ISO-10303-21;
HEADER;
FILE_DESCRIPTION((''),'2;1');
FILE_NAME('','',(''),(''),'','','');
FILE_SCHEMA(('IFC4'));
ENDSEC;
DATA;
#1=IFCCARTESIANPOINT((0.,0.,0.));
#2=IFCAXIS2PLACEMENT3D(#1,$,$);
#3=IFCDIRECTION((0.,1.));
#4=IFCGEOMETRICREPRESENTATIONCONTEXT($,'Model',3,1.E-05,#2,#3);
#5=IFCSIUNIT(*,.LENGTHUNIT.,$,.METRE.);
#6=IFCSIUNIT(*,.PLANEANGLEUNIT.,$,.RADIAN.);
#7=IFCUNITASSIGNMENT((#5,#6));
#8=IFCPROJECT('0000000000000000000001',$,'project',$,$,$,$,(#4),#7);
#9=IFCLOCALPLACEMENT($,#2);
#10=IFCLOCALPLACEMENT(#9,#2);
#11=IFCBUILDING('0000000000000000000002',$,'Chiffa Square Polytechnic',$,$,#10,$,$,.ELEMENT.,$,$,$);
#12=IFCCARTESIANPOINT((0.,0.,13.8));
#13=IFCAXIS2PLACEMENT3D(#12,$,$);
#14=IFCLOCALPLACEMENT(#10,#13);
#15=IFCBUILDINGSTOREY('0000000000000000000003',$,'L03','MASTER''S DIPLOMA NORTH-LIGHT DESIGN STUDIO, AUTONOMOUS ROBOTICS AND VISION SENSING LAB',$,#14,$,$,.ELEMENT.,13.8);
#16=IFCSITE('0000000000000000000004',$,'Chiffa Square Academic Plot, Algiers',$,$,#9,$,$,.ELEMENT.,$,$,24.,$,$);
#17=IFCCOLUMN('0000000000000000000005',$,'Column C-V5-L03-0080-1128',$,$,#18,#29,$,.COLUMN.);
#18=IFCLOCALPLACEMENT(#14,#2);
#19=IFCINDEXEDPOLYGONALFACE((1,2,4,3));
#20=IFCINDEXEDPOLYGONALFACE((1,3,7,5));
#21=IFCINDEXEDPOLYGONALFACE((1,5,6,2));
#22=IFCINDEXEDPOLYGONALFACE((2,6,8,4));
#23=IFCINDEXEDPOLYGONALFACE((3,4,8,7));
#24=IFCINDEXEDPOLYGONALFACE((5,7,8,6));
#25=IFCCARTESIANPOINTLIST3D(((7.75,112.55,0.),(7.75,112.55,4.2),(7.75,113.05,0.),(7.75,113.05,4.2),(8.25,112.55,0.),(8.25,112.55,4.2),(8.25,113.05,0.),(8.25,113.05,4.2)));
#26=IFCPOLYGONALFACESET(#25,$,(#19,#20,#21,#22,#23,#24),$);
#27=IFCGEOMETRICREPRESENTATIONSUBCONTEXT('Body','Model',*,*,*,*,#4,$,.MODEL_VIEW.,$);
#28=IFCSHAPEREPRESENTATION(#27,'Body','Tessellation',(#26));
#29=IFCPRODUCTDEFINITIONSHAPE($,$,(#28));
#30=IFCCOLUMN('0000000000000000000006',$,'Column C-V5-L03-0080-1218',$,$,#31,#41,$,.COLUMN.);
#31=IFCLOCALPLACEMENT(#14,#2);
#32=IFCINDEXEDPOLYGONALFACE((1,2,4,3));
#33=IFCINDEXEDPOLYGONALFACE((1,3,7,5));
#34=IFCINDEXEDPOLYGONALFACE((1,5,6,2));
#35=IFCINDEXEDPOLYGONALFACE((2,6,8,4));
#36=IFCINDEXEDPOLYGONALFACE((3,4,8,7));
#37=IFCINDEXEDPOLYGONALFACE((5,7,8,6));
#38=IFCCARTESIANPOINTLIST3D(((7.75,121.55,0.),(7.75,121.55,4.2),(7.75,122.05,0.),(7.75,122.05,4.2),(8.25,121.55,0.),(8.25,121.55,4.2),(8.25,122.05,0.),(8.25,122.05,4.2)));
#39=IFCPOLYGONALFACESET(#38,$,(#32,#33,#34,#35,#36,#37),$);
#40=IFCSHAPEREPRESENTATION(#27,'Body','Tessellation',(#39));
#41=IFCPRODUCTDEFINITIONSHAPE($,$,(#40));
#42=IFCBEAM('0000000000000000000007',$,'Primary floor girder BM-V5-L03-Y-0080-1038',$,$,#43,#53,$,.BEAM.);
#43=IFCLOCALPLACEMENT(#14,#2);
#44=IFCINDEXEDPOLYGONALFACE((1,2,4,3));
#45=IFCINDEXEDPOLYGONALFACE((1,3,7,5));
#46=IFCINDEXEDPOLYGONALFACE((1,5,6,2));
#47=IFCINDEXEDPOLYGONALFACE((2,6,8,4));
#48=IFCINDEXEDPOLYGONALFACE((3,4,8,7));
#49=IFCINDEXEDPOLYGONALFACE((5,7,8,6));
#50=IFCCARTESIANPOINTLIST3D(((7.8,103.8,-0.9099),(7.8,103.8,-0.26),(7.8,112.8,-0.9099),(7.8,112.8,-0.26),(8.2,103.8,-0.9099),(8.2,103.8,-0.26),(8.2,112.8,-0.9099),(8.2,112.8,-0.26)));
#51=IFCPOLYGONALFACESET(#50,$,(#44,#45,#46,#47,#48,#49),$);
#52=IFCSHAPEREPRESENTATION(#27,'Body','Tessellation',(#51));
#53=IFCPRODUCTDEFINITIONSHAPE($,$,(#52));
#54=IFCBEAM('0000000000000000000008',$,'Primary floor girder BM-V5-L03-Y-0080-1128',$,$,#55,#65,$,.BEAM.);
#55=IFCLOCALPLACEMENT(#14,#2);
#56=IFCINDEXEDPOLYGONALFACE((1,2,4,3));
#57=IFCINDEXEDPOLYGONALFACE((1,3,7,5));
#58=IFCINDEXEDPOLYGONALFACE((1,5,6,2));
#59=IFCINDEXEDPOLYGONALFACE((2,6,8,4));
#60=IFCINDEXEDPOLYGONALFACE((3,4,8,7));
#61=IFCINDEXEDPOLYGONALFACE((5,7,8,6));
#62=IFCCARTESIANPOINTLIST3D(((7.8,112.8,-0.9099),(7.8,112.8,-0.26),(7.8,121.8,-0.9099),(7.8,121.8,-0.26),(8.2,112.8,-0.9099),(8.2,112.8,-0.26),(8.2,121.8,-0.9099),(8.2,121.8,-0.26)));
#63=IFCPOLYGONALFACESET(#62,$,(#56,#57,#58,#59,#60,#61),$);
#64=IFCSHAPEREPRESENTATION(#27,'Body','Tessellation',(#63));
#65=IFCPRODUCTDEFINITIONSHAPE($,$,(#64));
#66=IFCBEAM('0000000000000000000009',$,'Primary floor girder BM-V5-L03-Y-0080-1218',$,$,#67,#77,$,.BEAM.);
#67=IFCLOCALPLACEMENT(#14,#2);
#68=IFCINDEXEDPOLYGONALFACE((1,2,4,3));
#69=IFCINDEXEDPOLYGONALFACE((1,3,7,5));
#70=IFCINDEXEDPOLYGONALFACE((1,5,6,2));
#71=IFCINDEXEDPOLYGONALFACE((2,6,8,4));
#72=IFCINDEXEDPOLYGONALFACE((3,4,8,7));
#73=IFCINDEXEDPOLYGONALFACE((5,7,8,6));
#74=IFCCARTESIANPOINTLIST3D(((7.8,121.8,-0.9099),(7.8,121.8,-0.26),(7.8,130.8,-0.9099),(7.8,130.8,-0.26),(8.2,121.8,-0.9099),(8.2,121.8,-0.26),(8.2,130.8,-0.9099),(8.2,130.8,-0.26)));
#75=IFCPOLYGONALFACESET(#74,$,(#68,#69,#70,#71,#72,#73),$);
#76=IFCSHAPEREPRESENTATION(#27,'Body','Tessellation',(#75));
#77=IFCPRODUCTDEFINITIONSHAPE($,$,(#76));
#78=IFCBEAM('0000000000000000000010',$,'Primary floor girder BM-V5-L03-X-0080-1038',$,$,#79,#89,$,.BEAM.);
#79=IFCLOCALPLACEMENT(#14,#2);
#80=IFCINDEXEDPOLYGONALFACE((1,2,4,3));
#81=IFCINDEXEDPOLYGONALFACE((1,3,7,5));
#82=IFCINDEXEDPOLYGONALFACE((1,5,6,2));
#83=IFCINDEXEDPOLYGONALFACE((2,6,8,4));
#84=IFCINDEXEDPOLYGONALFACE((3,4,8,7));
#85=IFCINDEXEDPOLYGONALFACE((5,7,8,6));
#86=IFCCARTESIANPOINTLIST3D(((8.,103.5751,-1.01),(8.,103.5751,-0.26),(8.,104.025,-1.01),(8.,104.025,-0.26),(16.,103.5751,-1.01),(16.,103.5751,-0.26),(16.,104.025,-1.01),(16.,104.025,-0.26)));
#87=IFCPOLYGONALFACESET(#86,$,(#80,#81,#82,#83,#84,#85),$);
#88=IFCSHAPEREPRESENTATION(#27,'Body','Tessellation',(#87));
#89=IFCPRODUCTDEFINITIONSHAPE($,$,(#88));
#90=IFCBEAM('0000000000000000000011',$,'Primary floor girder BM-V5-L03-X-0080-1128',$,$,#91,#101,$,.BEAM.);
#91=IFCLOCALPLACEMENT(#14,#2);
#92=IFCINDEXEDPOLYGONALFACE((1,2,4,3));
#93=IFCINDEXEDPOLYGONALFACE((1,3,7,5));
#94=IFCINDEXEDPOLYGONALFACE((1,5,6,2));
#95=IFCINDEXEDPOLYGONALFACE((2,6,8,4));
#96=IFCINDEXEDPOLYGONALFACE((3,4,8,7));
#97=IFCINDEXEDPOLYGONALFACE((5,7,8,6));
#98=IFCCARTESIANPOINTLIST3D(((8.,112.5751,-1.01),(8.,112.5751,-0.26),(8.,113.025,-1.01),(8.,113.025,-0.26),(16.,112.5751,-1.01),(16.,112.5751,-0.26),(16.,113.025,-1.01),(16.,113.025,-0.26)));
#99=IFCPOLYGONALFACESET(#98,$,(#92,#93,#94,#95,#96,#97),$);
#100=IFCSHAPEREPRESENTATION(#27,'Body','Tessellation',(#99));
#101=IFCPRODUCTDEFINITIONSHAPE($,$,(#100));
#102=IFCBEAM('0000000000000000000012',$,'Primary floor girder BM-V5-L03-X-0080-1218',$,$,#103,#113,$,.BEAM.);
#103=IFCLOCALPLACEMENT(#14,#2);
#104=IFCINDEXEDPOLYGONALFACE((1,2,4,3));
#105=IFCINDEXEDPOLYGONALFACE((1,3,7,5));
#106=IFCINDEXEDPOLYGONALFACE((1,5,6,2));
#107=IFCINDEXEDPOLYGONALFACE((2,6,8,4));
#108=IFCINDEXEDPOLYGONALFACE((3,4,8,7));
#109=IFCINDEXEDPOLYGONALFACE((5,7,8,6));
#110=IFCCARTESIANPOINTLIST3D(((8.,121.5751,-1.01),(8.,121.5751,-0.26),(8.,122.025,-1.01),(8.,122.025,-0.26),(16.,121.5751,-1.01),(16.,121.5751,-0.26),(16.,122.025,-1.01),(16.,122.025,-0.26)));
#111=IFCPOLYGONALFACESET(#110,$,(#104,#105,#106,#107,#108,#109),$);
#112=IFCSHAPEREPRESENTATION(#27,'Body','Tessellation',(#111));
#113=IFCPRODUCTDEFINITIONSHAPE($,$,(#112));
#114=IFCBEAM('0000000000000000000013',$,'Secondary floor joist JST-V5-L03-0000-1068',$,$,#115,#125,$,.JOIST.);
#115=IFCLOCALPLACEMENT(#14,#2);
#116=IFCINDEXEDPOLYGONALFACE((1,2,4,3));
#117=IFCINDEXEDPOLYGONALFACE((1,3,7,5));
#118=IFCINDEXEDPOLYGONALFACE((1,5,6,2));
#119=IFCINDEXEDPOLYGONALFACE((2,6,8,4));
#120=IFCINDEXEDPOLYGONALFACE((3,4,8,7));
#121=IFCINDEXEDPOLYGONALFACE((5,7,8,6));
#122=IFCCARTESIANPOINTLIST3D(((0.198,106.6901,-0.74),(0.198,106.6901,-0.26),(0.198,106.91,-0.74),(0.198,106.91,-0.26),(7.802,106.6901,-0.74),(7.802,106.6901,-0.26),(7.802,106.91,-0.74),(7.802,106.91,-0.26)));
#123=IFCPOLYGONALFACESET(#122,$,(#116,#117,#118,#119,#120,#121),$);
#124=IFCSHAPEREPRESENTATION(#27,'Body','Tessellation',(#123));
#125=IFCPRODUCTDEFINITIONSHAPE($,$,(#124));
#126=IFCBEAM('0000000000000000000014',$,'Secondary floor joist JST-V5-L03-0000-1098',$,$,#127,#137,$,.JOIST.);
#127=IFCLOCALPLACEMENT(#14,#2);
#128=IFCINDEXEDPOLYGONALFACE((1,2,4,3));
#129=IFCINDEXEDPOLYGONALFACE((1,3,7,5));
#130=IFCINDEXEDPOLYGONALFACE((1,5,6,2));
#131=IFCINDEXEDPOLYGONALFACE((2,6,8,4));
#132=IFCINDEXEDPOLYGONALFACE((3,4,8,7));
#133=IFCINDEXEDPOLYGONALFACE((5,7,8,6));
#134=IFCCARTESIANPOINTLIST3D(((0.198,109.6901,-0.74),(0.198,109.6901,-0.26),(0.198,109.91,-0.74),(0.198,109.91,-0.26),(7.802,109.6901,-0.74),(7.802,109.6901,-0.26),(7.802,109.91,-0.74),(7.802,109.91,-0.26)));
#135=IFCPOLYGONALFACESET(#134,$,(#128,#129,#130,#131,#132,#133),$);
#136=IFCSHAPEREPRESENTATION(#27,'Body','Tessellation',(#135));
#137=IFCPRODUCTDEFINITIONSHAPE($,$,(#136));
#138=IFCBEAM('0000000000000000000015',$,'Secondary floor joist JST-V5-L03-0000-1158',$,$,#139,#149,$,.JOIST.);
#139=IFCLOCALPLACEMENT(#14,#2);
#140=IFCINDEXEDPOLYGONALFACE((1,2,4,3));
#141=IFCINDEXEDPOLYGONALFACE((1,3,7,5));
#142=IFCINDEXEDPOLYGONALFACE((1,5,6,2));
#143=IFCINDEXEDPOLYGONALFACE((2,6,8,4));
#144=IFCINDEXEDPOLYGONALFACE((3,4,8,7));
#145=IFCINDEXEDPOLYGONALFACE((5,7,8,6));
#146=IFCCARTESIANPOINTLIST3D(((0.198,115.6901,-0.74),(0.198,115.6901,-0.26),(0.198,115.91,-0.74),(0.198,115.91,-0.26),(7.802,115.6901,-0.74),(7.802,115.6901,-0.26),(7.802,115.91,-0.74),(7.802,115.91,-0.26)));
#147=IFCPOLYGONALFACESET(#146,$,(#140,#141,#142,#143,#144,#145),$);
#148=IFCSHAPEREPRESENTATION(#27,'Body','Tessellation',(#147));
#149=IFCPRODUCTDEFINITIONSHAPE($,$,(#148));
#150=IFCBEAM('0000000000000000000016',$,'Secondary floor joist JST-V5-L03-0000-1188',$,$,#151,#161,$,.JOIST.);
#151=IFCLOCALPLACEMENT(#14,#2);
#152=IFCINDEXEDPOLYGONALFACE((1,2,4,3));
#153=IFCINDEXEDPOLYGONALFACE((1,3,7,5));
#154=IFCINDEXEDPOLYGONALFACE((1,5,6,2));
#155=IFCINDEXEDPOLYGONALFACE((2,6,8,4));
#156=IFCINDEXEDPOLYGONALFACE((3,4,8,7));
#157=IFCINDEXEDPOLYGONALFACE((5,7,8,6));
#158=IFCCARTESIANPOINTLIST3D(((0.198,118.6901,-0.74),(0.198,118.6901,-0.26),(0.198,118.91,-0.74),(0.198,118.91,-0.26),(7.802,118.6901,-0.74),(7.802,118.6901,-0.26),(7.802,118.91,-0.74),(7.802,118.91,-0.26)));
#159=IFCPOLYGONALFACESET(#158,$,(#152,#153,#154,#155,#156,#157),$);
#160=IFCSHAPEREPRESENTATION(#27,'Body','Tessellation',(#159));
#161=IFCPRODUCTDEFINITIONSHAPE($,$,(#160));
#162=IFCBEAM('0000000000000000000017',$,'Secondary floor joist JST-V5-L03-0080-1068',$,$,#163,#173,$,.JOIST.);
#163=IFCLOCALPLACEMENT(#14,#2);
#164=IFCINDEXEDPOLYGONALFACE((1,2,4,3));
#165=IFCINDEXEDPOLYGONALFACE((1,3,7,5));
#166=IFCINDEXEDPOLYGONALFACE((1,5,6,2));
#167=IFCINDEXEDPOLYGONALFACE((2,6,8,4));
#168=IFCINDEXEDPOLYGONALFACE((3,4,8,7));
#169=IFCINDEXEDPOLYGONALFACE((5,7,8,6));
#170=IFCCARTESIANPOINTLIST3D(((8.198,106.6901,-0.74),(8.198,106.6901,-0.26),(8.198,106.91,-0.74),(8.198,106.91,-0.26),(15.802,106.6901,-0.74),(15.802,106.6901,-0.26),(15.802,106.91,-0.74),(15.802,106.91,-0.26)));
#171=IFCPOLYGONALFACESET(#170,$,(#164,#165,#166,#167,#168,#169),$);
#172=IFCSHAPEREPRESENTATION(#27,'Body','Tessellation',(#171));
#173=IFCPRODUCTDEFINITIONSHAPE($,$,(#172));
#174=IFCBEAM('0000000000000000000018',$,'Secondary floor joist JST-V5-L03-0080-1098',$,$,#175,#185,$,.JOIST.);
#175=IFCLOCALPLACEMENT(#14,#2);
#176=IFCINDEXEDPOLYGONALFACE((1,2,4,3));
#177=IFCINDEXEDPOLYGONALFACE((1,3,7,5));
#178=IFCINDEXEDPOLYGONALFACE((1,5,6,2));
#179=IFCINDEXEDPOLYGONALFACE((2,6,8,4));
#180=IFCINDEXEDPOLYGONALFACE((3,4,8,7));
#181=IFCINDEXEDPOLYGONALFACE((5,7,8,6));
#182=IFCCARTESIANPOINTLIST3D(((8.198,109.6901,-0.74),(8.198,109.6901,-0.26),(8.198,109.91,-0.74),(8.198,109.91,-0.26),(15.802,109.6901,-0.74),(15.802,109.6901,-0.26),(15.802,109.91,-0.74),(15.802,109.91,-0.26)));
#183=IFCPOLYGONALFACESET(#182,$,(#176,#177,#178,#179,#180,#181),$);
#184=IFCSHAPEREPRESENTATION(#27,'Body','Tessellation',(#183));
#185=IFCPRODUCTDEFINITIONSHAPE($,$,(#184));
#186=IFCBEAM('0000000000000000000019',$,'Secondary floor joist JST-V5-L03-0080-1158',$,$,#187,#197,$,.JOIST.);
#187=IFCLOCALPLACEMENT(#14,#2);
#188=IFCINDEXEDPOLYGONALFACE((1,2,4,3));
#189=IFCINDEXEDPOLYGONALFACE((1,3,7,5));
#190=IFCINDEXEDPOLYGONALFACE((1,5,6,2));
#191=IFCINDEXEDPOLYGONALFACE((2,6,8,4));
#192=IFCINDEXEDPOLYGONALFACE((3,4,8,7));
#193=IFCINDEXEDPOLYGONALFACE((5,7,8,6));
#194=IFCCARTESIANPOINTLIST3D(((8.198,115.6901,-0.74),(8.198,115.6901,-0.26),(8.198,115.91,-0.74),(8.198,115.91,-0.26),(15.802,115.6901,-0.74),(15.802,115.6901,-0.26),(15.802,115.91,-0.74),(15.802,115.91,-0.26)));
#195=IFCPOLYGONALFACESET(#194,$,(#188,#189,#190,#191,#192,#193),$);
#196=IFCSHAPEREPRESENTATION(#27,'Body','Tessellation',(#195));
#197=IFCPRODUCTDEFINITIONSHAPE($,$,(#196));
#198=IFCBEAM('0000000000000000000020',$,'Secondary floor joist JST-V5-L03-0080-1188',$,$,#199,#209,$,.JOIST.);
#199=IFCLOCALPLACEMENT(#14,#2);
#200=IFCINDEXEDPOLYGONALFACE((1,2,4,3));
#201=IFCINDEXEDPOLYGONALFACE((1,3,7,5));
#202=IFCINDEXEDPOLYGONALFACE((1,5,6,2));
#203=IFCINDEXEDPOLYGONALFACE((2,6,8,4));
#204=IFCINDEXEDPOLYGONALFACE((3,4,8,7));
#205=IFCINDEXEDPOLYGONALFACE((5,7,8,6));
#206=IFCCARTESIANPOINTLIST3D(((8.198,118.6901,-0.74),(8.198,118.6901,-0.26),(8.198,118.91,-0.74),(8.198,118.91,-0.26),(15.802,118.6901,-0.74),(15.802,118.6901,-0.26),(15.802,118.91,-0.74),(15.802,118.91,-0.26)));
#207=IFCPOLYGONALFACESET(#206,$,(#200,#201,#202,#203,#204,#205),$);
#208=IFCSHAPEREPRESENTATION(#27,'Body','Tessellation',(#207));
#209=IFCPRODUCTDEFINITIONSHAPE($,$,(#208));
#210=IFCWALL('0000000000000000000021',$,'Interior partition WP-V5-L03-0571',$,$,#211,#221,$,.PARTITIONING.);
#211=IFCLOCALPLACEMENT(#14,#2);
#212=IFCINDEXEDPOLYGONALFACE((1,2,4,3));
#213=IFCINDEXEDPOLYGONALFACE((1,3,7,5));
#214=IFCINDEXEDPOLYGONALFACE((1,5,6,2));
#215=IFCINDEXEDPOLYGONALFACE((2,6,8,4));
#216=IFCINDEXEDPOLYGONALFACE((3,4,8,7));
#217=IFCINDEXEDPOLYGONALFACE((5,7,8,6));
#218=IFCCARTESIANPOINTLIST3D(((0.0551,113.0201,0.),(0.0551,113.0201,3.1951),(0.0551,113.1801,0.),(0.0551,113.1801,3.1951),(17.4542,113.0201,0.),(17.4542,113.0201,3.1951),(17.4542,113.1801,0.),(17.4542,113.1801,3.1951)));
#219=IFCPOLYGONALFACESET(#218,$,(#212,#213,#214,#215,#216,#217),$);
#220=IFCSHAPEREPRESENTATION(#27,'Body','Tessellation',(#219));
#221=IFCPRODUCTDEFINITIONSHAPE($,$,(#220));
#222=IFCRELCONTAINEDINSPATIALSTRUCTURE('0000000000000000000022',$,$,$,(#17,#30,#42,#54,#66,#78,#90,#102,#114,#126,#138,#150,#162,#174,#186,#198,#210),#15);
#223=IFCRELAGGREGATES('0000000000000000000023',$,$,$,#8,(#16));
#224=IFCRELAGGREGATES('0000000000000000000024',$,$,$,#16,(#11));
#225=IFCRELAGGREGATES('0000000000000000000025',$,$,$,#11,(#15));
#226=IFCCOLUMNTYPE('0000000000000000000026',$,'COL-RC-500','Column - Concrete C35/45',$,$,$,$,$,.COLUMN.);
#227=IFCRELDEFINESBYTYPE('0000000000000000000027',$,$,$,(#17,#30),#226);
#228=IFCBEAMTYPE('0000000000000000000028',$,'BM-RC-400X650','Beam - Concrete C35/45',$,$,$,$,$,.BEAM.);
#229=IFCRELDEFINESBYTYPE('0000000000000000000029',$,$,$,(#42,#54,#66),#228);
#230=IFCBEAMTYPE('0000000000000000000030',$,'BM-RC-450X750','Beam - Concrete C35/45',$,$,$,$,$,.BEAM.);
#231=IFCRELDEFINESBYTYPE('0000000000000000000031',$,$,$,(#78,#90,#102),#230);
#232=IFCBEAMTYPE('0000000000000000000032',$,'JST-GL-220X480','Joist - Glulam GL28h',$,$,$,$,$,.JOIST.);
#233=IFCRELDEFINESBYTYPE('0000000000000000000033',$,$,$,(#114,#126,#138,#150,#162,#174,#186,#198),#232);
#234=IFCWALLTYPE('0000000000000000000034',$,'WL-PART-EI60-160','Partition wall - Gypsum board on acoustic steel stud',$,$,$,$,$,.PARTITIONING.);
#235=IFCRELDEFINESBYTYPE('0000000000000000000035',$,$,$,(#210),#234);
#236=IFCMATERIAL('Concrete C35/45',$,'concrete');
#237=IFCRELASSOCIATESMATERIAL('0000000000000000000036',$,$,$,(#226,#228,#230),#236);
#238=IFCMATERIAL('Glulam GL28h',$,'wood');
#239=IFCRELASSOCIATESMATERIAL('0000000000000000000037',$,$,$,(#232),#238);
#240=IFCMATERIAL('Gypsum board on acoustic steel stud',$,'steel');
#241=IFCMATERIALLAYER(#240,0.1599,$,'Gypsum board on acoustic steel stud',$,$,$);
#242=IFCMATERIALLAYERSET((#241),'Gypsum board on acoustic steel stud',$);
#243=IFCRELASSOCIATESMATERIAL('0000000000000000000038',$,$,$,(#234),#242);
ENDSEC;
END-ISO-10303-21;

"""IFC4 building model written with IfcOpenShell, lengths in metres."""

from ifc_helpers import new_model, si_unit, direction, frame, frame_2d, origin, origin_2d, place, context, subcontext, project, spatial, rectangle, extrude, material, layer, layer_set, material_profile, profile_set, type_object, element, save


model = new_model("IFC4")

# Units and contexts
model_context = context("Model", 3, precision=1e-05, world=origin(), true_north=direction((0.0, 1.0)))
body_context = subcontext(model_context, "Body", "Model", "MODEL_VIEW")
ifc_project = project(units=[si_unit("LENGTHUNIT", "METRE"), si_unit("PLANEANGLEUNIT", "RADIAN")], contexts=[model_context])

# Site, building, storey
site_placement = place(None, origin())
site = spatial("IfcSite", under=ifc_project, at=site_placement, Name="Chiffa Square Academic Plot, Algiers", CompositionType="ELEMENT", RefElevation=24.0)
building_placement = place(site_placement, origin())
building = spatial("IfcBuilding", under=site, at=building_placement, Name="Chiffa Square Polytechnic", CompositionType="ELEMENT")
storey_placement = place(building_placement, frame((0.0, 0.0, 13.8)))
storey = spatial("IfcBuildingStorey", under=building, at=storey_placement, Name="L03", Description="MASTER'S DIPLOMA NORTH-LIGHT DESIGN STUDIO, AUTONOMOUS ROBOTICS AND VISION SENSING LAB", CompositionType="ELEMENT", Elevation=13.8)

# Columns
ifc_material_1 = material(Name="Concrete C35/45", Category="concrete")
ifc_material_profile_1 = material_profile(ifc_material_1, rectangle(XDim=0.5, YDim=0.5, at=origin_2d()), Name="RC 500x500")
ifc_profile_set_1 = profile_set([ifc_material_profile_1], Name="Concrete C35/45")
column_type = type_object("IfcColumnType", Name="COL-RC-500", Description="Column - Concrete C35/45", PredefinedType="COLUMN", material=ifc_profile_set_1)
for number, where, z_axis, x_axis, name in (
    (1, (8.0, 112.8, 0.0), (0.0, 0.0, 1.0), (1.0, 0.0, 0.0), "Column C-V5-L03-0080-1128"),
    (2, (8.0, 121.8, 0.0), (0.0, 0.0, 1.0), (1.0, 0.0, 0.0), "Column C-V5-L03-0080-1218"),
):
    element("IfcColumn", number, at=place(storey_placement, frame(where, z_axis=z_axis, x_axis=x_axis)), inside=storey, type_object=column_type, Name=name, PredefinedType="COLUMN", context=body_context, shape_type="SweptSolid", body=[
        extrude(rectangle(XDim=0.5, YDim=0.5, at=origin_2d()), origin(), (0.0, 0.0, 1.0), 4.2),
    ])

# Beams
ifc_material_profile_2 = material_profile(ifc_material_1, rectangle(XDim=0.3999, YDim=0.6499, at=origin_2d()), Name="RC 400x650")
ifc_profile_set_2 = profile_set([ifc_material_profile_2], Name="Concrete C35/45")
beam_type_1 = type_object("IfcBeamType", Name="BM-RC-400X650", Description="Beam - Concrete C35/45", PredefinedType="BEAM", material=ifc_profile_set_2)
for number, where, z_axis, x_axis, name in (
    (3, (8.0, 103.8, -0.585), (0.0, 1.0, 0.0), (-1.0, 0.0, 0.0), "Primary floor girder BM-V5-L03-Y-0080-1038"),
    (4, (8.0, 112.8, -0.585), (0.0, 1.0, 0.0), (-1.0, 0.0, 0.0), "Primary floor girder BM-V5-L03-Y-0080-1128"),
    (5, (8.0, 121.8, -0.585), (0.0, 1.0, 0.0), (-1.0, 0.0, 0.0), "Primary floor girder BM-V5-L03-Y-0080-1218"),
):
    element("IfcBeam", number, at=place(storey_placement, frame(where, z_axis=z_axis, x_axis=x_axis)), inside=storey, type_object=beam_type_1, Name=name, PredefinedType="BEAM", context=body_context, shape_type="SweptSolid", body=[
        extrude(rectangle(XDim=0.3999, YDim=0.6499, at=origin_2d()), origin(), (0.0, 0.0, 1.0), 9.0),
    ])
ifc_material_profile_3 = material_profile(ifc_material_1, rectangle(XDim=0.45, YDim=0.75, at=origin_2d()), Name="RC 450x750")
ifc_profile_set_3 = profile_set([ifc_material_profile_3], Name="Concrete C35/45")
beam_type_2 = type_object("IfcBeamType", Name="BM-RC-450X750", Description="Beam - Concrete C35/45", PredefinedType="BEAM", material=ifc_profile_set_3)
for number, where, z_axis, x_axis, name in (
    (6, (8.0, 103.8, -0.635), (1.0, 0.0, 0.0), (0.0, 1.0, 0.0), "Primary floor girder BM-V5-L03-X-0080-1038"),
    (7, (8.0, 112.8, -0.635), (1.0, 0.0, 0.0), (0.0, 1.0, 0.0), "Primary floor girder BM-V5-L03-X-0080-1128"),
    (8, (8.0, 121.8, -0.635), (1.0, 0.0, 0.0), (0.0, 1.0, 0.0), "Primary floor girder BM-V5-L03-X-0080-1218"),
):
    element("IfcBeam", number, at=place(storey_placement, frame(where, z_axis=z_axis, x_axis=x_axis)), inside=storey, type_object=beam_type_2, Name=name, PredefinedType="BEAM", context=body_context, shape_type="SweptSolid", body=[
        extrude(rectangle(XDim=0.45, YDim=0.75, at=origin_2d()), origin(), (0.0, 0.0, 1.0), 8.0),
    ])
ifc_material_2 = material(Name="Glulam GL28h", Category="wood")
ifc_material_profile_4 = material_profile(ifc_material_2, rectangle(XDim=0.22, YDim=0.48, at=origin_2d()), Name="GL28h 220x480")
ifc_profile_set_4 = profile_set([ifc_material_profile_4], Name="Glulam GL28h")
beam_type_3 = type_object("IfcBeamType", Name="JST-GL-220X480", Description="Joist - Glulam GL28h", PredefinedType="JOIST", material=ifc_profile_set_4)
for number, where, z_axis, x_axis, name in (
    (9, (0.198, 106.8, -0.5), (1.0, 0.0, 0.0), (0.0, 1.0, 0.0), "Secondary floor joist JST-V5-L03-0000-1068"),
    (10, (0.198, 109.8, -0.5), (1.0, 0.0, 0.0), (0.0, 1.0, 0.0), "Secondary floor joist JST-V5-L03-0000-1098"),
    (11, (0.198, 115.8, -0.5), (1.0, 0.0, 0.0), (0.0, 1.0, 0.0), "Secondary floor joist JST-V5-L03-0000-1158"),
    (12, (0.198, 118.8, -0.5), (1.0, 0.0, 0.0), (0.0, 1.0, 0.0), "Secondary floor joist JST-V5-L03-0000-1188"),
    (13, (8.198, 106.8, -0.5), (1.0, 0.0, 0.0), (0.0, 1.0, 0.0), "Secondary floor joist JST-V5-L03-0080-1068"),
    (14, (8.198, 109.8, -0.5), (1.0, 0.0, 0.0), (0.0, 1.0, 0.0), "Secondary floor joist JST-V5-L03-0080-1098"),
    (15, (8.198, 115.8, -0.5), (1.0, 0.0, 0.0), (0.0, 1.0, 0.0), "Secondary floor joist JST-V5-L03-0080-1158"),
    (16, (8.198, 118.8, -0.5), (1.0, 0.0, 0.0), (0.0, 1.0, 0.0), "Secondary floor joist JST-V5-L03-0080-1188"),
):
    element("IfcBeam", number, at=place(storey_placement, frame(where, z_axis=z_axis, x_axis=x_axis)), inside=storey, type_object=beam_type_3, Name=name, PredefinedType="JOIST", context=body_context, shape_type="SweptSolid", body=[
        extrude(rectangle(XDim=0.22, YDim=0.48, at=origin_2d()), origin(), (0.0, 0.0, 1.0), 7.604),
    ])

# Wall
ifc_material_3 = material(Name="Gypsum board on acoustic steel stud", Category="steel")
ifc_layer_1 = layer(ifc_material_3, 0.1599, Name="Gypsum board on acoustic steel stud")
ifc_layer_set_1 = layer_set([ifc_layer_1], Name="Gypsum board on acoustic steel stud")
wall_type_1 = type_object("IfcWallType", Name="WL-PART-EI60-160", Description="Partition wall - Gypsum board on acoustic steel stud", PredefinedType="PARTITIONING", material=ifc_layer_set_1)
wall_1_placement = place(storey_placement, frame((0.0549, 113.1001, 0.0), z_axis=(0.0, 0.0, 1.0), x_axis=(1.0, 0.0, 0.0)))
element("IfcWall", 17, at=wall_1_placement, inside=storey, type_object=wall_type_1, Name="Interior partition WP-V5-L03-0571", PredefinedType="PARTITIONING", context=body_context, shape_type="SweptSolid", body=[
    extrude(rectangle(XDim=17.3992, YDim=0.1599, at=frame_2d((8.6997, 0.0))), origin(), (0.0, 0.0, 1.0), 3.1951),
])

save(model, "model.ifc")
